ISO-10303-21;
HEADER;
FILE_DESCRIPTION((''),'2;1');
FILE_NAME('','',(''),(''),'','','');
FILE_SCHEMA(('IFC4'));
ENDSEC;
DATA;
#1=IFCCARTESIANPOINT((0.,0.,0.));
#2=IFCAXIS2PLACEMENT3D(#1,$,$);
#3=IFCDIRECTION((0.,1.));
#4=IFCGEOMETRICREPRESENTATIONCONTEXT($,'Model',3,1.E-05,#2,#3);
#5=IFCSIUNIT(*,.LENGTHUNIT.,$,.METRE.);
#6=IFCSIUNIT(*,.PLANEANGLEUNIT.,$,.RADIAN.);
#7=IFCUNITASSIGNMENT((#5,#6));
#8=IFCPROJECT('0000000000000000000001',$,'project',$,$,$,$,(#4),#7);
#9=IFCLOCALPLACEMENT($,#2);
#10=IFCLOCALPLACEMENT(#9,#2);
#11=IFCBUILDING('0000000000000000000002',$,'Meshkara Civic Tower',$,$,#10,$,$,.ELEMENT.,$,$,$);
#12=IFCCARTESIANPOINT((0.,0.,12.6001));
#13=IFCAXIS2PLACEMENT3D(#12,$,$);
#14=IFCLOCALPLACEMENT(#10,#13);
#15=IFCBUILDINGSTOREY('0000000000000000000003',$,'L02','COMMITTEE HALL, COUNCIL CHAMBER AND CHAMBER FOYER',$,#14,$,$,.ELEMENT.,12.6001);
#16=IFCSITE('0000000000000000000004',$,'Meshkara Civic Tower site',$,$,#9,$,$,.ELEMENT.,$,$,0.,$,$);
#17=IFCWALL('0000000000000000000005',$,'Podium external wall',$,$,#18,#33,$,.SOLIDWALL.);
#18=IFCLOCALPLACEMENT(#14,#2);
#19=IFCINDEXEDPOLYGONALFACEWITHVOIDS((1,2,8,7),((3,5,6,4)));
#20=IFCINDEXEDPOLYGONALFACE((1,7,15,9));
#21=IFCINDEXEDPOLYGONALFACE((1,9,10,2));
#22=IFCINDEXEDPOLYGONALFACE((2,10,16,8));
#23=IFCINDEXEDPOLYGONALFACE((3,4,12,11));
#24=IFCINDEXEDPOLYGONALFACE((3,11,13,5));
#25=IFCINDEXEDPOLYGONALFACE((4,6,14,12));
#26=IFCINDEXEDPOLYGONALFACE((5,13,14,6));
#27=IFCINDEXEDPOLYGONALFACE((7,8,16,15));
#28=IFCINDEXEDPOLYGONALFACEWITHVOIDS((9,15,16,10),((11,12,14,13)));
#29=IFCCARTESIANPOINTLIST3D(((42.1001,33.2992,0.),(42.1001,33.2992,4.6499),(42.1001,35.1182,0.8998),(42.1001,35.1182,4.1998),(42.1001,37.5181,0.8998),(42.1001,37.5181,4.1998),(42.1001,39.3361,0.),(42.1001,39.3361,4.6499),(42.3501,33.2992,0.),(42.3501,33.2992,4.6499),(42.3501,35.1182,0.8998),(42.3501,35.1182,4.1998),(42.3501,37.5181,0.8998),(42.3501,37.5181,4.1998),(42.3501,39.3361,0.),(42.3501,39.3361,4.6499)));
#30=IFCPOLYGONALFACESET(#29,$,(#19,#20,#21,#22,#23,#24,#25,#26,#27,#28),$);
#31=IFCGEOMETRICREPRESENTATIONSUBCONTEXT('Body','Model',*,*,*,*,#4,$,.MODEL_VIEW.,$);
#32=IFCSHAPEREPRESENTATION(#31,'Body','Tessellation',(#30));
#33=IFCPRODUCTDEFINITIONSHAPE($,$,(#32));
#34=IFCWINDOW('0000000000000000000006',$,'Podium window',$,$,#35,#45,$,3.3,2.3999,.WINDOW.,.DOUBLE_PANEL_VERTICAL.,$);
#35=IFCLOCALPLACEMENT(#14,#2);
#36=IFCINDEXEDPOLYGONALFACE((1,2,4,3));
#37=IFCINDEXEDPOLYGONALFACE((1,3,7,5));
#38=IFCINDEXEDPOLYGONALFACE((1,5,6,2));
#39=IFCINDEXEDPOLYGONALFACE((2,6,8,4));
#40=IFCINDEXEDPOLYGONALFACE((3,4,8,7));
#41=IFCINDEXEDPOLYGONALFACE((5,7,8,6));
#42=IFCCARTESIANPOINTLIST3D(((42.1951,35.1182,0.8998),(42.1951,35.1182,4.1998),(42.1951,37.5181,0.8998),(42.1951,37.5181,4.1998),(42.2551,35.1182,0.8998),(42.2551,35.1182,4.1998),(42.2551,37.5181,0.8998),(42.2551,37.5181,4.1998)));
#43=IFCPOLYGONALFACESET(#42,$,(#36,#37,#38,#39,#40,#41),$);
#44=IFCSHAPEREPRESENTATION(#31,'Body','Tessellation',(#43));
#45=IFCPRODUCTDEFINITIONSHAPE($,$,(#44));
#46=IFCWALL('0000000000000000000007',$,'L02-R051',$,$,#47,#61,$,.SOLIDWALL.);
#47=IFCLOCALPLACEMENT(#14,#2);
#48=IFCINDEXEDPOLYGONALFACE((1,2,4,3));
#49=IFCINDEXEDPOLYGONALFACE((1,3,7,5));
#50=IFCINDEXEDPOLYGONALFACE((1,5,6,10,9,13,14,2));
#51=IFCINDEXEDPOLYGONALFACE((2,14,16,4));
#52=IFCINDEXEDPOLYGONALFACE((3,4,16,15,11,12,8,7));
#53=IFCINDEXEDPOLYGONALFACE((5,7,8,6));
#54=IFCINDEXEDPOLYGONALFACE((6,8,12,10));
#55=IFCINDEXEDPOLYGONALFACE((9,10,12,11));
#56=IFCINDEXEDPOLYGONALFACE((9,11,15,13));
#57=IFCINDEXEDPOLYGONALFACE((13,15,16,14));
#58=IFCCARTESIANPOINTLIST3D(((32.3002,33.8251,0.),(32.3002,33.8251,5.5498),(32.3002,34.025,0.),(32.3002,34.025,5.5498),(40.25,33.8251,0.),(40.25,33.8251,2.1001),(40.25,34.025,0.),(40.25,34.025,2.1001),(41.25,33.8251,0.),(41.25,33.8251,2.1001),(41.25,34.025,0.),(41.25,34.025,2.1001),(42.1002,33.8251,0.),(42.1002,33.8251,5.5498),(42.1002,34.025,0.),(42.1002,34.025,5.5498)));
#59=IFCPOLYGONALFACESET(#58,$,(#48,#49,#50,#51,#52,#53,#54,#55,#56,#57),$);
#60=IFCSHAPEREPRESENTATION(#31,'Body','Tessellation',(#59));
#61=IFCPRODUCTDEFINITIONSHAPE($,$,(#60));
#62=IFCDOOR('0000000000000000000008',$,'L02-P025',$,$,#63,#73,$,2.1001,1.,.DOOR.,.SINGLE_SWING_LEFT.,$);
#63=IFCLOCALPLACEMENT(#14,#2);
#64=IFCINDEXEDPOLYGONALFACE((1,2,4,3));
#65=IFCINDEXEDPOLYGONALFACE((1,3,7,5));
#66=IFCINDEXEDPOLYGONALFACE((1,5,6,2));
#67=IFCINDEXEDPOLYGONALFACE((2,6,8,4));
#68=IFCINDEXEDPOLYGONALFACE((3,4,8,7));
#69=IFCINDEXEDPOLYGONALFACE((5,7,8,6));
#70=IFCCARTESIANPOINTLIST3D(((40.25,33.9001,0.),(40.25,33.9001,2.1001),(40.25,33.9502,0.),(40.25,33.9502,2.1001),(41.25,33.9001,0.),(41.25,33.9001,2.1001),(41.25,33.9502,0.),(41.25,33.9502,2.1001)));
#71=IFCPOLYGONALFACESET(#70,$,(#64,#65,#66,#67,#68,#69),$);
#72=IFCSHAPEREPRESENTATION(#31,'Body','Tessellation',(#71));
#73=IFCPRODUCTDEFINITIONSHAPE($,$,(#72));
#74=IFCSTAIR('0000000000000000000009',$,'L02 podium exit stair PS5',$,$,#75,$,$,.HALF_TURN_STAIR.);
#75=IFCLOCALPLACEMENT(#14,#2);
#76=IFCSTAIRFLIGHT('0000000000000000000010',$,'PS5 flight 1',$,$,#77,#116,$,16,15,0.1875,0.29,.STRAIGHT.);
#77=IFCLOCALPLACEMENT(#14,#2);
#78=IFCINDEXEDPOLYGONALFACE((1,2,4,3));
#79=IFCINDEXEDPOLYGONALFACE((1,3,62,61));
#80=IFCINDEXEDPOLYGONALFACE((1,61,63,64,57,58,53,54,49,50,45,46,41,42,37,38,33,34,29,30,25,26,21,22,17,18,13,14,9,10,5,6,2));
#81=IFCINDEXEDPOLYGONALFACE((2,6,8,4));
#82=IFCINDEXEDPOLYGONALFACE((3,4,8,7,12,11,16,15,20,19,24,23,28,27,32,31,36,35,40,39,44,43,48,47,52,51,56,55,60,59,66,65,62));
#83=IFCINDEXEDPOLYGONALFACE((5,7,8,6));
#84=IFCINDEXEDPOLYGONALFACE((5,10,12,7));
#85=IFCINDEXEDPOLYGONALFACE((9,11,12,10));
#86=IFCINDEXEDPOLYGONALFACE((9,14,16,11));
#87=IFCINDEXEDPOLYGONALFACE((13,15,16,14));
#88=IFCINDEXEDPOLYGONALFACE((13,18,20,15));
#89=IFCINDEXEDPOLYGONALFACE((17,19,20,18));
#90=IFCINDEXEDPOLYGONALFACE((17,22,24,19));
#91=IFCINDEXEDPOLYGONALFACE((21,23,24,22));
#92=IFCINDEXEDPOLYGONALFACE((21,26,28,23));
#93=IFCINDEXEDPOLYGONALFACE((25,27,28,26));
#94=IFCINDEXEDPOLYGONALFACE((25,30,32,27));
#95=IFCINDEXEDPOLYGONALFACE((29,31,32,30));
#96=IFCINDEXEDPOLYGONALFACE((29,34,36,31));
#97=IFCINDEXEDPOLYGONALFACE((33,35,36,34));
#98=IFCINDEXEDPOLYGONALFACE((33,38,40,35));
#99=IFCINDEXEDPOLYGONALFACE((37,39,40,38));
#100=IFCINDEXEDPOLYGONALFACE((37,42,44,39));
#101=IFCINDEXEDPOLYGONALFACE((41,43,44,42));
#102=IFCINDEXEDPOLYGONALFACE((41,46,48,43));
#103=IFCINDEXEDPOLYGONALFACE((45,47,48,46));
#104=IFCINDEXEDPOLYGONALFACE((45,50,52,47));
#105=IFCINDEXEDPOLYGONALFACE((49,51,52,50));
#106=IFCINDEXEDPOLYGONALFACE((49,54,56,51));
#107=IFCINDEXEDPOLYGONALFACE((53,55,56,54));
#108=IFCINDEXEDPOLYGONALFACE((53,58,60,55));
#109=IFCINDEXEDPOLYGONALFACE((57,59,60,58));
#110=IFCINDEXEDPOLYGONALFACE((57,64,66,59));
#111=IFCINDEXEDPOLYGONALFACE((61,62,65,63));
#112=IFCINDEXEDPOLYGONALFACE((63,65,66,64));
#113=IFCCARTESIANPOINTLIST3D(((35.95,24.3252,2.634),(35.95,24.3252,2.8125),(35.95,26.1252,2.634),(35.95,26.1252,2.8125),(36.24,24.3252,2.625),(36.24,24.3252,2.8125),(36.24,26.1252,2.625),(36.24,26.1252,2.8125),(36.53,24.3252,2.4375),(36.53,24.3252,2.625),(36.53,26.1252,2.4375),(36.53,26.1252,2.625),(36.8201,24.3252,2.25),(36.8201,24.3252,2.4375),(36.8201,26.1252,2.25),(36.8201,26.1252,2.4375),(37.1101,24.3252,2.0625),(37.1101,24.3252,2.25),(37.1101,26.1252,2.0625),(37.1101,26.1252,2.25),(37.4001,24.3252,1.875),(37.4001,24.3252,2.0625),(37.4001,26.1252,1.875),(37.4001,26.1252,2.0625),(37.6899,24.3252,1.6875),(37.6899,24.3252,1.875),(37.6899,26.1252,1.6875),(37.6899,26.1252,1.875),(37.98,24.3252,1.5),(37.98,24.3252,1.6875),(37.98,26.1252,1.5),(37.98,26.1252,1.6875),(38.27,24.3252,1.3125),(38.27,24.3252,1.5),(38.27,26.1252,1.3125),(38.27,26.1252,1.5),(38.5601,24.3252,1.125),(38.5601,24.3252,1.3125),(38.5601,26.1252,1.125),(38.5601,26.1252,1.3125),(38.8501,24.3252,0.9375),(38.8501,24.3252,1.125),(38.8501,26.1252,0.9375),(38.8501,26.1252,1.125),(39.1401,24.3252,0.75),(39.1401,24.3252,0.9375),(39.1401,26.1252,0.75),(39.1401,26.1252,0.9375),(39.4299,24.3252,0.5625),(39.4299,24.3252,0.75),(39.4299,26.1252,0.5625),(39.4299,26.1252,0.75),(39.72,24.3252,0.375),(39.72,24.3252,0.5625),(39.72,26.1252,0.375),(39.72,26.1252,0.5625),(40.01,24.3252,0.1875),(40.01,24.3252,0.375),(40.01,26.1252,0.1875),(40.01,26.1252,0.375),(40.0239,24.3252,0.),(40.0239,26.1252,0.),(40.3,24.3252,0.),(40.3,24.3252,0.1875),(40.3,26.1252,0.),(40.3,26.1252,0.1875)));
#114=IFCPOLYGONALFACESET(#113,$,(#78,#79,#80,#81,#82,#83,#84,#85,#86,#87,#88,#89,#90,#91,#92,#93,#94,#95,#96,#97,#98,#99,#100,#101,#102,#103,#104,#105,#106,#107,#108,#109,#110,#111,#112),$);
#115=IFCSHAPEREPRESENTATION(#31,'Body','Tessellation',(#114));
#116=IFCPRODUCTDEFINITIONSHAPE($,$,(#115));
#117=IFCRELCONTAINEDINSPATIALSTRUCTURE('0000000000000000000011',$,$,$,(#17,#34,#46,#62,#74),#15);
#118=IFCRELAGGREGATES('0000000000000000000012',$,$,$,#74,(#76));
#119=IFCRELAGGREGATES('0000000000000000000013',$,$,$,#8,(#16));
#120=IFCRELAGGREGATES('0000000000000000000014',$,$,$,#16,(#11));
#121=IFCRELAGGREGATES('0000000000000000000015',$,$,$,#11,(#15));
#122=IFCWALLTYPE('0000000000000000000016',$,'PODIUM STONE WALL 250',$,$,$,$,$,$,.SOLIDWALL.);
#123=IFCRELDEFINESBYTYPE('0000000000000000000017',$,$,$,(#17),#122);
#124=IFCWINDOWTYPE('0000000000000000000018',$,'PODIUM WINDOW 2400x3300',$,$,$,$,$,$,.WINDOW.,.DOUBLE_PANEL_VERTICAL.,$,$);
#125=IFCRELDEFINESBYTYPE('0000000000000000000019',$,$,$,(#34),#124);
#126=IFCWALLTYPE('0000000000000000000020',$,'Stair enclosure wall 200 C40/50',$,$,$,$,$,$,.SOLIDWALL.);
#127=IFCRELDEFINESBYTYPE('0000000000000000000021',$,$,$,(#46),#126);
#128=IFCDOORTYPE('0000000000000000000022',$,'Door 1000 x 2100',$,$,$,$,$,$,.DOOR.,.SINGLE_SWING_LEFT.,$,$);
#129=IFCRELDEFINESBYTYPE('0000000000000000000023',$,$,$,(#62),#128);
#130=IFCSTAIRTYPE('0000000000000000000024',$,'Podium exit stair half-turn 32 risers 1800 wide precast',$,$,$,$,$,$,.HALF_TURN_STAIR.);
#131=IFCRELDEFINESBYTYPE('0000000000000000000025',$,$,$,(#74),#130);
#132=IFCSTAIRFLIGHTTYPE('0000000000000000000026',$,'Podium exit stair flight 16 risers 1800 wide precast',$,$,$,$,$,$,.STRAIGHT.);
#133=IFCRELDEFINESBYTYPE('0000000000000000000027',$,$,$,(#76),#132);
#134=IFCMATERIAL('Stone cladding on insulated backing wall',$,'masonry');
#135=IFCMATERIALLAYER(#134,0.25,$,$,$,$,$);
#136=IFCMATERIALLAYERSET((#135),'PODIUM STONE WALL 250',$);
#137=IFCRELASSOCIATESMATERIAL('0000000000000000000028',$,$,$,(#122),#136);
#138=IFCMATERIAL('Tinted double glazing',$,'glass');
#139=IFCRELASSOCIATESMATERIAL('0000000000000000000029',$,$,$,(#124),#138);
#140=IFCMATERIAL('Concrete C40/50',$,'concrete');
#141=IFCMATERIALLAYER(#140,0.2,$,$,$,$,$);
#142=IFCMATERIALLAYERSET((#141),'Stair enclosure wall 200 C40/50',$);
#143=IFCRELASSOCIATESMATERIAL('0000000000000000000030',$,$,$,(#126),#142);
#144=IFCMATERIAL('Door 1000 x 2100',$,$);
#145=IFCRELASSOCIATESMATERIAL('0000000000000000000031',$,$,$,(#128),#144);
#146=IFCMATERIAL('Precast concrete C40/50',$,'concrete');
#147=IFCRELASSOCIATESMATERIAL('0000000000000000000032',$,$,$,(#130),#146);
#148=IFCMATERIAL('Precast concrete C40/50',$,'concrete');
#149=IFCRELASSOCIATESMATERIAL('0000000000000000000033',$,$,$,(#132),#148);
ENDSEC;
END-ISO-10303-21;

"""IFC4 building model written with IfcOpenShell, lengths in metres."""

from ifc_helpers import new_model, si_unit, direction, frame, frame_2d, origin, place, context, subcontext, project, spatial, polyline, rectangle, outline, extrude, material, layer, layer_set, type_object, element, fill, aggregate, save


model = new_model("IFC4")

# Units and contexts
model_context = context("Model", 3, precision=1e-05, world=origin(), true_north=direction((0.0, 1.0)))
body_context = subcontext(model_context, "Body", "Model", "MODEL_VIEW")
ifc_project = project(units=[si_unit("LENGTHUNIT", "METRE"), si_unit("PLANEANGLEUNIT", "RADIAN")], contexts=[model_context])

# Site, building, storey
site_placement = place(None, origin())
site = spatial("IfcSite", under=ifc_project, at=site_placement, Name="Meshkara Civic Tower site", CompositionType="ELEMENT", RefElevation=0.0)
building_placement = place(site_placement, origin())
building = spatial("IfcBuilding", under=site, at=building_placement, Name="Meshkara Civic Tower", CompositionType="ELEMENT")
storey_placement = place(building_placement, frame((0.0, 0.0, 12.6001)))
storey = spatial("IfcBuildingStorey", under=building, at=storey_placement, Name="L02", Description="COMMITTEE HALL, COUNCIL CHAMBER AND CHAMBER FOYER", CompositionType="ELEMENT", Elevation=12.6001)

# Shared definitions
ifc_material_1 = material(Name="Stone cladding on insulated backing wall", Category="masonry")
ifc_layer_1 = layer(ifc_material_1, 0.25)
ifc_layer_set_1 = layer_set([ifc_layer_1], Name="PODIUM STONE WALL 250")
wall_type_1 = type_object("IfcWallType", Name="PODIUM STONE WALL 250", PredefinedType="SOLIDWALL", material=ifc_layer_set_1)

# Shared definitions
ifc_material_2 = material(Name="Tinted double glazing", Category="glass")
window_type = type_object("IfcWindowType", Name="PODIUM WINDOW 2400x3300", PartitioningType="DOUBLE_PANEL_VERTICAL", PredefinedType="WINDOW", material=ifc_material_2)

# Wall, opening, window
wall_1_placement = place(storey_placement, frame((42.2251, 33.2991, 0.0), z_axis=(0.0, 0.0, 1.0), x_axis=(0.0, 1.0, 0.0)))
wall_1 = element("IfcWall", 1, at=wall_1_placement, inside=storey, type_object=wall_type_1, Name="Podium external wall", PredefinedType="SOLIDWALL", context=body_context, shape_type="SweptSolid", body=[
    extrude(rectangle(XDim=6.0369, YDim=0.25, at=frame_2d((3.0186, 0.0))), origin(), (0.0, 0.0, 1.0), 4.6499),
])
opening_1_placement = place(wall_1_placement, frame((1.8191, 0.0, 0.8999)))
opening_1 = element("IfcOpeningElement", 2, at=opening_1_placement, cuts=wall_1, PredefinedType="OPENING", context=body_context, shape_type="SweptSolid", body=[
    extrude(rectangle(XDim=2.3999, YDim=3.3, at=frame_2d((1.2, 1.6499))), frame((0.0, 0.135, 0.0), z_axis=(0.0, -1.0, 0.0), x_axis=(1.0, 0.0, 0.0)), (0.0, 0.0, 1.0), 0.27),
])
window_1_placement = place(opening_1_placement, origin())
window_1 = element("IfcWindow", 3, at=window_1_placement, inside=storey, type_object=window_type, Name="Podium window", OverallHeight=3.3, OverallWidth=2.3999, PartitioningType="DOUBLE_PANEL_VERTICAL", PredefinedType="WINDOW", context=body_context, shape_type="SweptSolid", body=[
    extrude(rectangle(XDim=2.3999, YDim=3.3, at=frame_2d((1.2, 1.6499))), frame((0.0, 0.03, 0.0), z_axis=(0.0, -1.0, 0.0), x_axis=(1.0, 0.0, 0.0)), (0.0, 0.0, 1.0), 0.0601),
])
fill(opening_1, window_1)

# Wall, opening, door
ifc_material_3 = material(Name="Concrete C40/50", Category="concrete")
ifc_layer_2 = layer(ifc_material_3, 0.2)
ifc_layer_set_2 = layer_set([ifc_layer_2], Name="Stair enclosure wall 200 C40/50")
wall_type_2 = type_object("IfcWallType", Name="Stair enclosure wall 200 C40/50", PredefinedType="SOLIDWALL", material=ifc_layer_set_2)
wall_2_placement = place(storey_placement, frame((42.1001, 33.925, 0.0), z_axis=(0.0, 0.0, 1.0), x_axis=(-1.0, 0.0, 0.0)))
wall_2 = element("IfcWall", 4, at=wall_2_placement, inside=storey, type_object=wall_type_2, Name="L02-R051", PredefinedType="SOLIDWALL", context=body_context, shape_type="SweptSolid", body=[
    extrude(rectangle(XDim=9.8, YDim=0.2, at=frame_2d((4.8999, 0.0))), origin(), (0.0, 0.0, 1.0), 5.5498),
])
opening_2_placement = place(wall_2_placement, frame((0.8501, 0.0, 0.0)))
opening_2 = element("IfcOpeningElement", 5, at=opening_2_placement, cuts=wall_2, PredefinedType="OPENING", context=body_context, shape_type="SweptSolid", body=[
    extrude(rectangle(XDim=1.0, YDim=2.1001, at=frame_2d((0.5, 1.05))), frame((0.0, 0.1099, 0.0), z_axis=(0.0, -1.0, 0.0), x_axis=(1.0, 0.0, 0.0)), (0.0, 0.0, 1.0), 0.22),
])
ifc_material_4 = material(Name="Door 1000 x 2100")
door_type = type_object("IfcDoorType", Name="Door 1000 x 2100", OperationType="SINGLE_SWING_LEFT", PredefinedType="DOOR", material=ifc_material_4)
door_placement = place(opening_2_placement, origin())
door = element("IfcDoor", 6, at=door_placement, inside=storey, type_object=door_type, Name="L02-P025", OperationType="SINGLE_SWING_LEFT", OverallHeight=2.1001, OverallWidth=1.0, PredefinedType="DOOR", context=body_context, shape_type="SweptSolid", body=[
    extrude(rectangle(XDim=1.0, YDim=2.1001, at=frame_2d((0.5, 1.05))), frame((0.0, 0.0249, 0.0), z_axis=(0.0, -1.0, 0.0), x_axis=(1.0, 0.0, 0.0)), (0.0, 0.0, 1.0), 0.05),
])
fill(opening_2, door)

# Stair, stair flight
ifc_material_5 = material(Name="Precast concrete C40/50", Category="concrete")
stair_type = type_object("IfcStairType", Name="Podium exit stair half-turn 32 risers 1800 wide precast", PredefinedType="HALF_TURN_STAIR", material=ifc_material_5)
stair_placement = place(storey_placement, origin())
stair = element("IfcStair", 7, at=stair_placement, inside=storey, type_object=stair_type, Name="L02 podium exit stair PS5", PredefinedType="HALF_TURN_STAIR")
ifc_material_6 = material(Name="Precast concrete C40/50", Category="concrete")
stair_flight_type = type_object("IfcStairFlightType", Name="Podium exit stair flight 16 risers 1800 wide precast", PredefinedType="STRAIGHT", material=ifc_material_6)
stair_flight_placement = place(storey_placement, frame((40.3, 25.2251, 0.0), z_axis=(0.0, 0.0, 1.0), x_axis=(-1.0, 0.0, 0.0)))
stair_flight = element("IfcStairFlight", 8, at=stair_flight_placement, type_object=stair_flight_type, Name="PS5 flight 1", NumberOfRisers=16, NumberOfTreads=15, PredefinedType="STRAIGHT", RiserHeight=0.1875, TreadLength=0.29, context=body_context, shape_type="SweptSolid", body=[
    extrude(outline(polyline([(0.0, 0.0), (0.0, 0.1875), (0.29, 0.1875), (0.29, 0.375), (0.5801, 0.375), (0.5801, 0.5625), (0.8701, 0.5625), (0.8701, 0.75), (1.1599, 0.75), (1.1599, 0.9375), (1.45, 0.9375), (1.45, 1.125), (1.74, 1.125), (1.74, 1.3125), (2.03, 1.3125), (2.03, 1.5), (2.3201, 1.5), (2.3201, 1.6875), (2.6101, 1.6875), (2.6101, 1.875), (2.8999, 1.875), (2.8999, 2.0625), (3.1899, 2.0625), (3.1899, 2.25), (3.48, 2.25), (3.48, 2.4375), (3.77, 2.4375), (3.77, 2.625), (4.0601, 2.625), (4.0601, 2.8125), (4.3501, 2.8125), (4.3501, 3.0), (4.3501, 2.634), (0.2761, 0.0), (0.0, 0.0)])), frame((0.0, 0.8999, 0.0), z_axis=(0.0, -1.0, 0.0), x_axis=(1.0, 0.0, 0.0)), (0.0, 0.0, 1.0), 1.8),
])
aggregate(stair, [stair_flight])

save(model, "model.ifc")
